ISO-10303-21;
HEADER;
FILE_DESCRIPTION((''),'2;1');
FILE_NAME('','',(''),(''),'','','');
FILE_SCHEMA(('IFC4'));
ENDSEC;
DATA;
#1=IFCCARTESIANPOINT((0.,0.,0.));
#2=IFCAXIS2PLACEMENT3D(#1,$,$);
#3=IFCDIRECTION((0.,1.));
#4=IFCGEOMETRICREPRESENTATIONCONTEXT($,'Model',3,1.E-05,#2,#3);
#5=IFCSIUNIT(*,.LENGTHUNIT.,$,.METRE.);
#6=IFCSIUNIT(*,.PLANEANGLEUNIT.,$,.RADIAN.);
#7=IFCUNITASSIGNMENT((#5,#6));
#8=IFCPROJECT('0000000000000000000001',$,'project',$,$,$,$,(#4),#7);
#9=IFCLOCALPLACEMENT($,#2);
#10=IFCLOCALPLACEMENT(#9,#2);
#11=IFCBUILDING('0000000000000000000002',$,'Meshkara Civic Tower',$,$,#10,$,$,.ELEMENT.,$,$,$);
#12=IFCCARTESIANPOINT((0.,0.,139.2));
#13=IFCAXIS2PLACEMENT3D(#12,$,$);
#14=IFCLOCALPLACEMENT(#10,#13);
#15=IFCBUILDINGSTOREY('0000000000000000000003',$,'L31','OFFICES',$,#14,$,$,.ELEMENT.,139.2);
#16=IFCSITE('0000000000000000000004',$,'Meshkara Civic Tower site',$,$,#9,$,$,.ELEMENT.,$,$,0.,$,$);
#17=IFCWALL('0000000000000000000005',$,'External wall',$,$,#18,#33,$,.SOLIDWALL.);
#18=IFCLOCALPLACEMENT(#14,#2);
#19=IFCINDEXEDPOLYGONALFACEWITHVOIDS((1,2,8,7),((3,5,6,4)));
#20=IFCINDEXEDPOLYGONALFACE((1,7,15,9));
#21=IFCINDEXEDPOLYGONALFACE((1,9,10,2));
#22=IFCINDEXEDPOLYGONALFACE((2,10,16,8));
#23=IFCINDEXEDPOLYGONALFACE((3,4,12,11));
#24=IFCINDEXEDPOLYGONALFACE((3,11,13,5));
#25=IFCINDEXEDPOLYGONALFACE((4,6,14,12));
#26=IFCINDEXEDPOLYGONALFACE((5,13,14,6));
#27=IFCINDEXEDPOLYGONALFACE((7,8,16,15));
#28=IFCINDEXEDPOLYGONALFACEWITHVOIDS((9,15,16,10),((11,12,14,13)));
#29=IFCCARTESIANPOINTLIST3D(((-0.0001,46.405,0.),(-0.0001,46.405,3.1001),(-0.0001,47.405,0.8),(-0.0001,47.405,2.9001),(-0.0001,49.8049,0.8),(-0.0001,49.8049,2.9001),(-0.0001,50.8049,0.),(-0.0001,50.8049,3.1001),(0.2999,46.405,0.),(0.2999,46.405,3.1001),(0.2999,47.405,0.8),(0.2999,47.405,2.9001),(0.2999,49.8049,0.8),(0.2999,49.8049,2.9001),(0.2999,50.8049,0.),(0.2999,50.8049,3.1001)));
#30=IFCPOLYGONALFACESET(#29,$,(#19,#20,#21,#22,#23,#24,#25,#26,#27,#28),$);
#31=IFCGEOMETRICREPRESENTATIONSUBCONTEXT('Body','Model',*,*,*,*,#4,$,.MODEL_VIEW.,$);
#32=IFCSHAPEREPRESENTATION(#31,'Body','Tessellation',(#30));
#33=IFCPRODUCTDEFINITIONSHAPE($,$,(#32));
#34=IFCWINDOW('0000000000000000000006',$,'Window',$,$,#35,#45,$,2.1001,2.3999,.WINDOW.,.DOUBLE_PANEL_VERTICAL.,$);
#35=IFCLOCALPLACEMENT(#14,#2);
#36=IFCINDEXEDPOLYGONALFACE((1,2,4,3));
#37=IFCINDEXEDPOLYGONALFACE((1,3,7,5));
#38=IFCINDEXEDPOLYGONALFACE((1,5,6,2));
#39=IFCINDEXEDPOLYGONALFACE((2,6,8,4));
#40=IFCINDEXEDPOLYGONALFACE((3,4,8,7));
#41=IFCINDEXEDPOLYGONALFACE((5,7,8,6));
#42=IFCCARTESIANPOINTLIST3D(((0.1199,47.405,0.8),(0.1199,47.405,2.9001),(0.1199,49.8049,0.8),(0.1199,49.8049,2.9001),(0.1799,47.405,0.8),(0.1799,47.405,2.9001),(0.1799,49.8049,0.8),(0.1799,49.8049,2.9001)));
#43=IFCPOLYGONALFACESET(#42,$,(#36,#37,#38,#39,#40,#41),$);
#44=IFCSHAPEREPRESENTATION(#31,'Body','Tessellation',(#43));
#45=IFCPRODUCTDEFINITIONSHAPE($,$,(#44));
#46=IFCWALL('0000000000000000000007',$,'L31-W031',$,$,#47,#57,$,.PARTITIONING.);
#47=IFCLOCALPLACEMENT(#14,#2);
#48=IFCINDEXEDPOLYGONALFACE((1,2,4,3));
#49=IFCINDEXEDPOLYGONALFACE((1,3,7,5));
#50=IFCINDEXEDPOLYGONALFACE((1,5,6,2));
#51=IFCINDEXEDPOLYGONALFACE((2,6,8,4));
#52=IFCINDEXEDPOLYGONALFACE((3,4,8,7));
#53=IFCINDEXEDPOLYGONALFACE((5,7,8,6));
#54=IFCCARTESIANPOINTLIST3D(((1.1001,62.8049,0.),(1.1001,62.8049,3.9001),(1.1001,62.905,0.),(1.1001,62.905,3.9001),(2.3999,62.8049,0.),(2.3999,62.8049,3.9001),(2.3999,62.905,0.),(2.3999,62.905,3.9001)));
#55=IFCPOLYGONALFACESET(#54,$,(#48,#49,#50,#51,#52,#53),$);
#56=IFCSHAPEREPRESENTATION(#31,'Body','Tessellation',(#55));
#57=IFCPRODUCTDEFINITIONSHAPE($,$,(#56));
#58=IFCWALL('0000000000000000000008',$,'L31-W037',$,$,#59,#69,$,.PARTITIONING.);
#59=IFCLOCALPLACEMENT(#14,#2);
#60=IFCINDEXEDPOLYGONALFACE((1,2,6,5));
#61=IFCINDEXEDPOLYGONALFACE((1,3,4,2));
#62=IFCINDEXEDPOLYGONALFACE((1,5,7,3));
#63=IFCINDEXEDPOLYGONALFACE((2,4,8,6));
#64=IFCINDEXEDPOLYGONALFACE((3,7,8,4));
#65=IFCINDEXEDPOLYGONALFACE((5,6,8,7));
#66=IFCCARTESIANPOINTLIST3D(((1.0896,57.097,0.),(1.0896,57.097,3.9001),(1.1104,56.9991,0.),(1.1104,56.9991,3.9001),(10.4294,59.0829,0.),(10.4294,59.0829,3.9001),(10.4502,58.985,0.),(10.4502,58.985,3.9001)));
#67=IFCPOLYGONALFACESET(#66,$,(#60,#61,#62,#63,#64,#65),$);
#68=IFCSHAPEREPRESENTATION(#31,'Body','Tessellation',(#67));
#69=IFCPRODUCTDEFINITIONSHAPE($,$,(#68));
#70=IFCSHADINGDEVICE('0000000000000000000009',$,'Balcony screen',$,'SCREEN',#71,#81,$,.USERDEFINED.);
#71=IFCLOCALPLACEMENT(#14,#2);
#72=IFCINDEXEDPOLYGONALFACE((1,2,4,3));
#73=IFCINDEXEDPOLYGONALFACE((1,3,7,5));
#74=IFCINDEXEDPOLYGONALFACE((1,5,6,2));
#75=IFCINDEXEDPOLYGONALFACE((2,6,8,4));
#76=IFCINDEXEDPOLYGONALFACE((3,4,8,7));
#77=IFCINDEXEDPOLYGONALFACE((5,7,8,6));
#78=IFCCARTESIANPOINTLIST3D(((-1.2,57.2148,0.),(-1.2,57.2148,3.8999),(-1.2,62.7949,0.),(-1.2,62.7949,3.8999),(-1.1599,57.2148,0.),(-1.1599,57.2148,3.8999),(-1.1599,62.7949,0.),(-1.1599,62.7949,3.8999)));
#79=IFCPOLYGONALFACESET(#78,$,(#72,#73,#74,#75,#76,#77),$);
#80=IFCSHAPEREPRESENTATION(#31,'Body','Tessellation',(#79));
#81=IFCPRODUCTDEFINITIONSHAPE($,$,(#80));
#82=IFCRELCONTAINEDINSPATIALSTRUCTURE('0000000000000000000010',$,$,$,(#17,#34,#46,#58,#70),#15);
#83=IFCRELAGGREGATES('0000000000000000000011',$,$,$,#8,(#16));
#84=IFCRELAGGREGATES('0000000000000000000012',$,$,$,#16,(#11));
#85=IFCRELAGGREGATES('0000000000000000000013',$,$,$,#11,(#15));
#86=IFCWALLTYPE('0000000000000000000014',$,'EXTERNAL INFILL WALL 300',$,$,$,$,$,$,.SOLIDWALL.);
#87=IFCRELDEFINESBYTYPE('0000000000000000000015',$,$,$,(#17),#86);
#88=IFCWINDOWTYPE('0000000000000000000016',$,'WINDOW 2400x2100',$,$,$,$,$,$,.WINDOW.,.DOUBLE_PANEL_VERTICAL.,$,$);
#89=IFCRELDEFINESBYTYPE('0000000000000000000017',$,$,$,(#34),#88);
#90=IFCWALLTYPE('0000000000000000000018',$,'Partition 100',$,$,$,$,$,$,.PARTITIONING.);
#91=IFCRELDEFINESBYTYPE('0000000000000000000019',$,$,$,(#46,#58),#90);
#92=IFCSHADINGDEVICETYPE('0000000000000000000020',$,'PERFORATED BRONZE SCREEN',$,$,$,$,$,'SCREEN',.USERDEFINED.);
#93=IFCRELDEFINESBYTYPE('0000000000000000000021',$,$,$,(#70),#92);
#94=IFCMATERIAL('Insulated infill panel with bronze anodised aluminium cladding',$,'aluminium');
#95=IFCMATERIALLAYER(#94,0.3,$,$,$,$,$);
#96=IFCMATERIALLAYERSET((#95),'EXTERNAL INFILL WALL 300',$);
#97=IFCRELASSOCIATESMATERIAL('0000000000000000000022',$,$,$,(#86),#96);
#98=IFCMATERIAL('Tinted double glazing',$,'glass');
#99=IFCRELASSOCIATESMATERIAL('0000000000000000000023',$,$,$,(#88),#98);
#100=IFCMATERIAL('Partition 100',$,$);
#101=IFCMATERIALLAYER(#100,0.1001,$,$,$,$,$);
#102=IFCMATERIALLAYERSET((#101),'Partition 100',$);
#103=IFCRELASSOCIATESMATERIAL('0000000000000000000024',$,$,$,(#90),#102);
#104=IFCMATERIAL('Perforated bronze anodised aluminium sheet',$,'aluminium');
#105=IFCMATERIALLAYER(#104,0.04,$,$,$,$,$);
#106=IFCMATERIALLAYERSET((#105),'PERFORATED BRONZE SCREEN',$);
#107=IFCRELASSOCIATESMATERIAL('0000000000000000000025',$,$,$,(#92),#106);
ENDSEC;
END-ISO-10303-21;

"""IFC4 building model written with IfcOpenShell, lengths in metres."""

from ifc_helpers import new_model, si_unit, direction, frame, frame_2d, origin, origin_2d, place, context, subcontext, project, spatial, rectangle, extrude, material, layer, layer_set, type_object, element, fill, save


model = new_model("IFC4")

# Units and contexts
model_context = context("Model", 3, precision=1e-05, world=origin(), true_north=direction((0.0, 1.0)))
body_context = subcontext(model_context, "Body", "Model", "MODEL_VIEW")
ifc_project = project(units=[si_unit("LENGTHUNIT", "METRE"), si_unit("PLANEANGLEUNIT", "RADIAN")], contexts=[model_context])

# Site, building, storey
site_placement = place(None, origin())
site = spatial("IfcSite", under=ifc_project, at=site_placement, Name="Meshkara Civic Tower site", CompositionType="ELEMENT", RefElevation=0.0)
building_placement = place(site_placement, origin())
building = spatial("IfcBuilding", under=site, at=building_placement, Name="Meshkara Civic Tower", CompositionType="ELEMENT")
storey_placement = place(building_placement, frame((0.0, 0.0, 139.2)))
storey = spatial("IfcBuildingStorey", under=building, at=storey_placement, Name="L31", Description="OFFICES", CompositionType="ELEMENT", Elevation=139.2)

# Wall, opening, window
ifc_material_1 = material(Name="Insulated infill panel with bronze anodised aluminium cladding", Category="aluminium")
ifc_layer_1 = layer(ifc_material_1, 0.3)
ifc_layer_set_1 = layer_set([ifc_layer_1], Name="EXTERNAL INFILL WALL 300")
wall_type_1 = type_object("IfcWallType", Name="EXTERNAL INFILL WALL 300", PredefinedType="SOLIDWALL", material=ifc_layer_set_1)
ifc_material_2 = material(Name="Tinted double glazing", Category="glass")
window_type = type_object("IfcWindowType", Name="WINDOW 2400x2100", PartitioningType="DOUBLE_PANEL_VERTICAL", PredefinedType="WINDOW", material=ifc_material_2)
wall_1_placement = place(storey_placement, frame((0.1499, 50.8049, 0.0), z_axis=(0.0, 0.0, 1.0), x_axis=(0.0, -1.0, 0.0)))
wall_1 = element("IfcWall", 1, at=wall_1_placement, inside=storey, type_object=wall_type_1, Name="External wall", PredefinedType="SOLIDWALL", context=body_context, shape_type="SweptSolid", body=[
    extrude(rectangle(XDim=4.3999, YDim=0.3, at=frame_2d((2.2, 0.0))), origin(), (0.0, 0.0, 1.0), 3.1001),
])
opening_1_placement = place(wall_1_placement, frame((1.0, 0.0, 0.8)))
opening_1 = element("IfcOpeningElement", 2, at=opening_1_placement, cuts=wall_1, PredefinedType="OPENING", context=body_context, shape_type="SweptSolid", body=[
    extrude(rectangle(XDim=2.3999, YDim=2.1001, at=frame_2d((1.2, 1.05))), frame((0.0, 0.1599, 0.0), z_axis=(0.0, -1.0, 0.0), x_axis=(1.0, 0.0, 0.0)), (0.0, 0.0, 1.0), 0.3201),
])
window_1_placement = place(opening_1_placement, origin())
window_1 = element("IfcWindow", 3, at=window_1_placement, inside=storey, type_object=window_type, Name="Window", OverallHeight=2.1001, OverallWidth=2.3999, PartitioningType="DOUBLE_PANEL_VERTICAL", PredefinedType="WINDOW", context=body_context, shape_type="SweptSolid", body=[
    extrude(rectangle(XDim=2.3999, YDim=2.1001, at=frame_2d((1.2, 1.05))), frame((0.0, 0.03, 0.0), z_axis=(0.0, -1.0, 0.0), x_axis=(1.0, 0.0, 0.0)), (0.0, 0.0, 1.0), 0.0601),
])
fill(opening_1, window_1)

# Walls
ifc_material_3 = material(Name="Partition 100")
ifc_layer_2 = layer(ifc_material_3, 0.1001)
ifc_layer_set_2 = layer_set([ifc_layer_2], Name="Partition 100")
wall_type_2 = type_object("IfcWallType", Name="Partition 100", PredefinedType="PARTITIONING", material=ifc_layer_set_2)
wall_2_placement = place(storey_placement, frame((2.3999, 62.855, 0.0), z_axis=(0.0, 0.0, 1.0), x_axis=(-1.0, 0.0, 0.0)))
element("IfcWall", 4, at=wall_2_placement, inside=storey, type_object=wall_type_2, Name="L31-W031", PredefinedType="PARTITIONING", context=body_context, shape_type="SweptSolid", body=[
    extrude(rectangle(XDim=1.2998, YDim=0.1001, at=frame_2d((0.6499, 0.0))), origin(), (0.0, 0.0, 1.0), 3.9001),
])
wall_3_placement = place(storey_placement, frame((10.4399, 59.0339, 0.0), z_axis=(0.0, 0.0, 1.0), x_axis=(-0.978135, -0.207971, 0.0)))
element("IfcWall", 5, at=wall_3_placement, inside=storey, type_object=wall_type_2, Name="L31-W037", PredefinedType="PARTITIONING", context=body_context, shape_type="SweptSolid", body=[
    extrude(rectangle(XDim=9.5486, YDim=0.1001, at=frame_2d((4.7744, 0.0))), origin(), (0.0, 0.0, 1.0), 3.9001),
])

# Shading device
ifc_material_4 = material(Name="Perforated bronze anodised aluminium sheet", Category="aluminium")
ifc_layer_3 = layer(ifc_material_4, 0.04)
ifc_layer_set_3 = layer_set([ifc_layer_3], Name="PERFORATED BRONZE SCREEN")
shading_device_type = type_object("IfcShadingDeviceType", Name="PERFORATED BRONZE SCREEN", ElementType="SCREEN", PredefinedType="USERDEFINED", material=ifc_layer_set_3)
shading_device_placement = place(storey_placement, frame((-1.1799, 60.0049, 0.0), z_axis=(0.0, 0.0, 1.0), x_axis=(0.0, -1.0, 0.0)))
element("IfcShadingDevice", 6, at=shading_device_placement, inside=storey, type_object=shading_device_type, Name="Balcony screen", ObjectType="SCREEN", PredefinedType="USERDEFINED", context=body_context, shape_type="SweptSolid", body=[
    extrude(rectangle(XDim=5.5801, YDim=0.04, at=origin_2d()), origin(), (0.0, 0.0, 1.0), 3.8999),
])

save(model, "model.ifc")
